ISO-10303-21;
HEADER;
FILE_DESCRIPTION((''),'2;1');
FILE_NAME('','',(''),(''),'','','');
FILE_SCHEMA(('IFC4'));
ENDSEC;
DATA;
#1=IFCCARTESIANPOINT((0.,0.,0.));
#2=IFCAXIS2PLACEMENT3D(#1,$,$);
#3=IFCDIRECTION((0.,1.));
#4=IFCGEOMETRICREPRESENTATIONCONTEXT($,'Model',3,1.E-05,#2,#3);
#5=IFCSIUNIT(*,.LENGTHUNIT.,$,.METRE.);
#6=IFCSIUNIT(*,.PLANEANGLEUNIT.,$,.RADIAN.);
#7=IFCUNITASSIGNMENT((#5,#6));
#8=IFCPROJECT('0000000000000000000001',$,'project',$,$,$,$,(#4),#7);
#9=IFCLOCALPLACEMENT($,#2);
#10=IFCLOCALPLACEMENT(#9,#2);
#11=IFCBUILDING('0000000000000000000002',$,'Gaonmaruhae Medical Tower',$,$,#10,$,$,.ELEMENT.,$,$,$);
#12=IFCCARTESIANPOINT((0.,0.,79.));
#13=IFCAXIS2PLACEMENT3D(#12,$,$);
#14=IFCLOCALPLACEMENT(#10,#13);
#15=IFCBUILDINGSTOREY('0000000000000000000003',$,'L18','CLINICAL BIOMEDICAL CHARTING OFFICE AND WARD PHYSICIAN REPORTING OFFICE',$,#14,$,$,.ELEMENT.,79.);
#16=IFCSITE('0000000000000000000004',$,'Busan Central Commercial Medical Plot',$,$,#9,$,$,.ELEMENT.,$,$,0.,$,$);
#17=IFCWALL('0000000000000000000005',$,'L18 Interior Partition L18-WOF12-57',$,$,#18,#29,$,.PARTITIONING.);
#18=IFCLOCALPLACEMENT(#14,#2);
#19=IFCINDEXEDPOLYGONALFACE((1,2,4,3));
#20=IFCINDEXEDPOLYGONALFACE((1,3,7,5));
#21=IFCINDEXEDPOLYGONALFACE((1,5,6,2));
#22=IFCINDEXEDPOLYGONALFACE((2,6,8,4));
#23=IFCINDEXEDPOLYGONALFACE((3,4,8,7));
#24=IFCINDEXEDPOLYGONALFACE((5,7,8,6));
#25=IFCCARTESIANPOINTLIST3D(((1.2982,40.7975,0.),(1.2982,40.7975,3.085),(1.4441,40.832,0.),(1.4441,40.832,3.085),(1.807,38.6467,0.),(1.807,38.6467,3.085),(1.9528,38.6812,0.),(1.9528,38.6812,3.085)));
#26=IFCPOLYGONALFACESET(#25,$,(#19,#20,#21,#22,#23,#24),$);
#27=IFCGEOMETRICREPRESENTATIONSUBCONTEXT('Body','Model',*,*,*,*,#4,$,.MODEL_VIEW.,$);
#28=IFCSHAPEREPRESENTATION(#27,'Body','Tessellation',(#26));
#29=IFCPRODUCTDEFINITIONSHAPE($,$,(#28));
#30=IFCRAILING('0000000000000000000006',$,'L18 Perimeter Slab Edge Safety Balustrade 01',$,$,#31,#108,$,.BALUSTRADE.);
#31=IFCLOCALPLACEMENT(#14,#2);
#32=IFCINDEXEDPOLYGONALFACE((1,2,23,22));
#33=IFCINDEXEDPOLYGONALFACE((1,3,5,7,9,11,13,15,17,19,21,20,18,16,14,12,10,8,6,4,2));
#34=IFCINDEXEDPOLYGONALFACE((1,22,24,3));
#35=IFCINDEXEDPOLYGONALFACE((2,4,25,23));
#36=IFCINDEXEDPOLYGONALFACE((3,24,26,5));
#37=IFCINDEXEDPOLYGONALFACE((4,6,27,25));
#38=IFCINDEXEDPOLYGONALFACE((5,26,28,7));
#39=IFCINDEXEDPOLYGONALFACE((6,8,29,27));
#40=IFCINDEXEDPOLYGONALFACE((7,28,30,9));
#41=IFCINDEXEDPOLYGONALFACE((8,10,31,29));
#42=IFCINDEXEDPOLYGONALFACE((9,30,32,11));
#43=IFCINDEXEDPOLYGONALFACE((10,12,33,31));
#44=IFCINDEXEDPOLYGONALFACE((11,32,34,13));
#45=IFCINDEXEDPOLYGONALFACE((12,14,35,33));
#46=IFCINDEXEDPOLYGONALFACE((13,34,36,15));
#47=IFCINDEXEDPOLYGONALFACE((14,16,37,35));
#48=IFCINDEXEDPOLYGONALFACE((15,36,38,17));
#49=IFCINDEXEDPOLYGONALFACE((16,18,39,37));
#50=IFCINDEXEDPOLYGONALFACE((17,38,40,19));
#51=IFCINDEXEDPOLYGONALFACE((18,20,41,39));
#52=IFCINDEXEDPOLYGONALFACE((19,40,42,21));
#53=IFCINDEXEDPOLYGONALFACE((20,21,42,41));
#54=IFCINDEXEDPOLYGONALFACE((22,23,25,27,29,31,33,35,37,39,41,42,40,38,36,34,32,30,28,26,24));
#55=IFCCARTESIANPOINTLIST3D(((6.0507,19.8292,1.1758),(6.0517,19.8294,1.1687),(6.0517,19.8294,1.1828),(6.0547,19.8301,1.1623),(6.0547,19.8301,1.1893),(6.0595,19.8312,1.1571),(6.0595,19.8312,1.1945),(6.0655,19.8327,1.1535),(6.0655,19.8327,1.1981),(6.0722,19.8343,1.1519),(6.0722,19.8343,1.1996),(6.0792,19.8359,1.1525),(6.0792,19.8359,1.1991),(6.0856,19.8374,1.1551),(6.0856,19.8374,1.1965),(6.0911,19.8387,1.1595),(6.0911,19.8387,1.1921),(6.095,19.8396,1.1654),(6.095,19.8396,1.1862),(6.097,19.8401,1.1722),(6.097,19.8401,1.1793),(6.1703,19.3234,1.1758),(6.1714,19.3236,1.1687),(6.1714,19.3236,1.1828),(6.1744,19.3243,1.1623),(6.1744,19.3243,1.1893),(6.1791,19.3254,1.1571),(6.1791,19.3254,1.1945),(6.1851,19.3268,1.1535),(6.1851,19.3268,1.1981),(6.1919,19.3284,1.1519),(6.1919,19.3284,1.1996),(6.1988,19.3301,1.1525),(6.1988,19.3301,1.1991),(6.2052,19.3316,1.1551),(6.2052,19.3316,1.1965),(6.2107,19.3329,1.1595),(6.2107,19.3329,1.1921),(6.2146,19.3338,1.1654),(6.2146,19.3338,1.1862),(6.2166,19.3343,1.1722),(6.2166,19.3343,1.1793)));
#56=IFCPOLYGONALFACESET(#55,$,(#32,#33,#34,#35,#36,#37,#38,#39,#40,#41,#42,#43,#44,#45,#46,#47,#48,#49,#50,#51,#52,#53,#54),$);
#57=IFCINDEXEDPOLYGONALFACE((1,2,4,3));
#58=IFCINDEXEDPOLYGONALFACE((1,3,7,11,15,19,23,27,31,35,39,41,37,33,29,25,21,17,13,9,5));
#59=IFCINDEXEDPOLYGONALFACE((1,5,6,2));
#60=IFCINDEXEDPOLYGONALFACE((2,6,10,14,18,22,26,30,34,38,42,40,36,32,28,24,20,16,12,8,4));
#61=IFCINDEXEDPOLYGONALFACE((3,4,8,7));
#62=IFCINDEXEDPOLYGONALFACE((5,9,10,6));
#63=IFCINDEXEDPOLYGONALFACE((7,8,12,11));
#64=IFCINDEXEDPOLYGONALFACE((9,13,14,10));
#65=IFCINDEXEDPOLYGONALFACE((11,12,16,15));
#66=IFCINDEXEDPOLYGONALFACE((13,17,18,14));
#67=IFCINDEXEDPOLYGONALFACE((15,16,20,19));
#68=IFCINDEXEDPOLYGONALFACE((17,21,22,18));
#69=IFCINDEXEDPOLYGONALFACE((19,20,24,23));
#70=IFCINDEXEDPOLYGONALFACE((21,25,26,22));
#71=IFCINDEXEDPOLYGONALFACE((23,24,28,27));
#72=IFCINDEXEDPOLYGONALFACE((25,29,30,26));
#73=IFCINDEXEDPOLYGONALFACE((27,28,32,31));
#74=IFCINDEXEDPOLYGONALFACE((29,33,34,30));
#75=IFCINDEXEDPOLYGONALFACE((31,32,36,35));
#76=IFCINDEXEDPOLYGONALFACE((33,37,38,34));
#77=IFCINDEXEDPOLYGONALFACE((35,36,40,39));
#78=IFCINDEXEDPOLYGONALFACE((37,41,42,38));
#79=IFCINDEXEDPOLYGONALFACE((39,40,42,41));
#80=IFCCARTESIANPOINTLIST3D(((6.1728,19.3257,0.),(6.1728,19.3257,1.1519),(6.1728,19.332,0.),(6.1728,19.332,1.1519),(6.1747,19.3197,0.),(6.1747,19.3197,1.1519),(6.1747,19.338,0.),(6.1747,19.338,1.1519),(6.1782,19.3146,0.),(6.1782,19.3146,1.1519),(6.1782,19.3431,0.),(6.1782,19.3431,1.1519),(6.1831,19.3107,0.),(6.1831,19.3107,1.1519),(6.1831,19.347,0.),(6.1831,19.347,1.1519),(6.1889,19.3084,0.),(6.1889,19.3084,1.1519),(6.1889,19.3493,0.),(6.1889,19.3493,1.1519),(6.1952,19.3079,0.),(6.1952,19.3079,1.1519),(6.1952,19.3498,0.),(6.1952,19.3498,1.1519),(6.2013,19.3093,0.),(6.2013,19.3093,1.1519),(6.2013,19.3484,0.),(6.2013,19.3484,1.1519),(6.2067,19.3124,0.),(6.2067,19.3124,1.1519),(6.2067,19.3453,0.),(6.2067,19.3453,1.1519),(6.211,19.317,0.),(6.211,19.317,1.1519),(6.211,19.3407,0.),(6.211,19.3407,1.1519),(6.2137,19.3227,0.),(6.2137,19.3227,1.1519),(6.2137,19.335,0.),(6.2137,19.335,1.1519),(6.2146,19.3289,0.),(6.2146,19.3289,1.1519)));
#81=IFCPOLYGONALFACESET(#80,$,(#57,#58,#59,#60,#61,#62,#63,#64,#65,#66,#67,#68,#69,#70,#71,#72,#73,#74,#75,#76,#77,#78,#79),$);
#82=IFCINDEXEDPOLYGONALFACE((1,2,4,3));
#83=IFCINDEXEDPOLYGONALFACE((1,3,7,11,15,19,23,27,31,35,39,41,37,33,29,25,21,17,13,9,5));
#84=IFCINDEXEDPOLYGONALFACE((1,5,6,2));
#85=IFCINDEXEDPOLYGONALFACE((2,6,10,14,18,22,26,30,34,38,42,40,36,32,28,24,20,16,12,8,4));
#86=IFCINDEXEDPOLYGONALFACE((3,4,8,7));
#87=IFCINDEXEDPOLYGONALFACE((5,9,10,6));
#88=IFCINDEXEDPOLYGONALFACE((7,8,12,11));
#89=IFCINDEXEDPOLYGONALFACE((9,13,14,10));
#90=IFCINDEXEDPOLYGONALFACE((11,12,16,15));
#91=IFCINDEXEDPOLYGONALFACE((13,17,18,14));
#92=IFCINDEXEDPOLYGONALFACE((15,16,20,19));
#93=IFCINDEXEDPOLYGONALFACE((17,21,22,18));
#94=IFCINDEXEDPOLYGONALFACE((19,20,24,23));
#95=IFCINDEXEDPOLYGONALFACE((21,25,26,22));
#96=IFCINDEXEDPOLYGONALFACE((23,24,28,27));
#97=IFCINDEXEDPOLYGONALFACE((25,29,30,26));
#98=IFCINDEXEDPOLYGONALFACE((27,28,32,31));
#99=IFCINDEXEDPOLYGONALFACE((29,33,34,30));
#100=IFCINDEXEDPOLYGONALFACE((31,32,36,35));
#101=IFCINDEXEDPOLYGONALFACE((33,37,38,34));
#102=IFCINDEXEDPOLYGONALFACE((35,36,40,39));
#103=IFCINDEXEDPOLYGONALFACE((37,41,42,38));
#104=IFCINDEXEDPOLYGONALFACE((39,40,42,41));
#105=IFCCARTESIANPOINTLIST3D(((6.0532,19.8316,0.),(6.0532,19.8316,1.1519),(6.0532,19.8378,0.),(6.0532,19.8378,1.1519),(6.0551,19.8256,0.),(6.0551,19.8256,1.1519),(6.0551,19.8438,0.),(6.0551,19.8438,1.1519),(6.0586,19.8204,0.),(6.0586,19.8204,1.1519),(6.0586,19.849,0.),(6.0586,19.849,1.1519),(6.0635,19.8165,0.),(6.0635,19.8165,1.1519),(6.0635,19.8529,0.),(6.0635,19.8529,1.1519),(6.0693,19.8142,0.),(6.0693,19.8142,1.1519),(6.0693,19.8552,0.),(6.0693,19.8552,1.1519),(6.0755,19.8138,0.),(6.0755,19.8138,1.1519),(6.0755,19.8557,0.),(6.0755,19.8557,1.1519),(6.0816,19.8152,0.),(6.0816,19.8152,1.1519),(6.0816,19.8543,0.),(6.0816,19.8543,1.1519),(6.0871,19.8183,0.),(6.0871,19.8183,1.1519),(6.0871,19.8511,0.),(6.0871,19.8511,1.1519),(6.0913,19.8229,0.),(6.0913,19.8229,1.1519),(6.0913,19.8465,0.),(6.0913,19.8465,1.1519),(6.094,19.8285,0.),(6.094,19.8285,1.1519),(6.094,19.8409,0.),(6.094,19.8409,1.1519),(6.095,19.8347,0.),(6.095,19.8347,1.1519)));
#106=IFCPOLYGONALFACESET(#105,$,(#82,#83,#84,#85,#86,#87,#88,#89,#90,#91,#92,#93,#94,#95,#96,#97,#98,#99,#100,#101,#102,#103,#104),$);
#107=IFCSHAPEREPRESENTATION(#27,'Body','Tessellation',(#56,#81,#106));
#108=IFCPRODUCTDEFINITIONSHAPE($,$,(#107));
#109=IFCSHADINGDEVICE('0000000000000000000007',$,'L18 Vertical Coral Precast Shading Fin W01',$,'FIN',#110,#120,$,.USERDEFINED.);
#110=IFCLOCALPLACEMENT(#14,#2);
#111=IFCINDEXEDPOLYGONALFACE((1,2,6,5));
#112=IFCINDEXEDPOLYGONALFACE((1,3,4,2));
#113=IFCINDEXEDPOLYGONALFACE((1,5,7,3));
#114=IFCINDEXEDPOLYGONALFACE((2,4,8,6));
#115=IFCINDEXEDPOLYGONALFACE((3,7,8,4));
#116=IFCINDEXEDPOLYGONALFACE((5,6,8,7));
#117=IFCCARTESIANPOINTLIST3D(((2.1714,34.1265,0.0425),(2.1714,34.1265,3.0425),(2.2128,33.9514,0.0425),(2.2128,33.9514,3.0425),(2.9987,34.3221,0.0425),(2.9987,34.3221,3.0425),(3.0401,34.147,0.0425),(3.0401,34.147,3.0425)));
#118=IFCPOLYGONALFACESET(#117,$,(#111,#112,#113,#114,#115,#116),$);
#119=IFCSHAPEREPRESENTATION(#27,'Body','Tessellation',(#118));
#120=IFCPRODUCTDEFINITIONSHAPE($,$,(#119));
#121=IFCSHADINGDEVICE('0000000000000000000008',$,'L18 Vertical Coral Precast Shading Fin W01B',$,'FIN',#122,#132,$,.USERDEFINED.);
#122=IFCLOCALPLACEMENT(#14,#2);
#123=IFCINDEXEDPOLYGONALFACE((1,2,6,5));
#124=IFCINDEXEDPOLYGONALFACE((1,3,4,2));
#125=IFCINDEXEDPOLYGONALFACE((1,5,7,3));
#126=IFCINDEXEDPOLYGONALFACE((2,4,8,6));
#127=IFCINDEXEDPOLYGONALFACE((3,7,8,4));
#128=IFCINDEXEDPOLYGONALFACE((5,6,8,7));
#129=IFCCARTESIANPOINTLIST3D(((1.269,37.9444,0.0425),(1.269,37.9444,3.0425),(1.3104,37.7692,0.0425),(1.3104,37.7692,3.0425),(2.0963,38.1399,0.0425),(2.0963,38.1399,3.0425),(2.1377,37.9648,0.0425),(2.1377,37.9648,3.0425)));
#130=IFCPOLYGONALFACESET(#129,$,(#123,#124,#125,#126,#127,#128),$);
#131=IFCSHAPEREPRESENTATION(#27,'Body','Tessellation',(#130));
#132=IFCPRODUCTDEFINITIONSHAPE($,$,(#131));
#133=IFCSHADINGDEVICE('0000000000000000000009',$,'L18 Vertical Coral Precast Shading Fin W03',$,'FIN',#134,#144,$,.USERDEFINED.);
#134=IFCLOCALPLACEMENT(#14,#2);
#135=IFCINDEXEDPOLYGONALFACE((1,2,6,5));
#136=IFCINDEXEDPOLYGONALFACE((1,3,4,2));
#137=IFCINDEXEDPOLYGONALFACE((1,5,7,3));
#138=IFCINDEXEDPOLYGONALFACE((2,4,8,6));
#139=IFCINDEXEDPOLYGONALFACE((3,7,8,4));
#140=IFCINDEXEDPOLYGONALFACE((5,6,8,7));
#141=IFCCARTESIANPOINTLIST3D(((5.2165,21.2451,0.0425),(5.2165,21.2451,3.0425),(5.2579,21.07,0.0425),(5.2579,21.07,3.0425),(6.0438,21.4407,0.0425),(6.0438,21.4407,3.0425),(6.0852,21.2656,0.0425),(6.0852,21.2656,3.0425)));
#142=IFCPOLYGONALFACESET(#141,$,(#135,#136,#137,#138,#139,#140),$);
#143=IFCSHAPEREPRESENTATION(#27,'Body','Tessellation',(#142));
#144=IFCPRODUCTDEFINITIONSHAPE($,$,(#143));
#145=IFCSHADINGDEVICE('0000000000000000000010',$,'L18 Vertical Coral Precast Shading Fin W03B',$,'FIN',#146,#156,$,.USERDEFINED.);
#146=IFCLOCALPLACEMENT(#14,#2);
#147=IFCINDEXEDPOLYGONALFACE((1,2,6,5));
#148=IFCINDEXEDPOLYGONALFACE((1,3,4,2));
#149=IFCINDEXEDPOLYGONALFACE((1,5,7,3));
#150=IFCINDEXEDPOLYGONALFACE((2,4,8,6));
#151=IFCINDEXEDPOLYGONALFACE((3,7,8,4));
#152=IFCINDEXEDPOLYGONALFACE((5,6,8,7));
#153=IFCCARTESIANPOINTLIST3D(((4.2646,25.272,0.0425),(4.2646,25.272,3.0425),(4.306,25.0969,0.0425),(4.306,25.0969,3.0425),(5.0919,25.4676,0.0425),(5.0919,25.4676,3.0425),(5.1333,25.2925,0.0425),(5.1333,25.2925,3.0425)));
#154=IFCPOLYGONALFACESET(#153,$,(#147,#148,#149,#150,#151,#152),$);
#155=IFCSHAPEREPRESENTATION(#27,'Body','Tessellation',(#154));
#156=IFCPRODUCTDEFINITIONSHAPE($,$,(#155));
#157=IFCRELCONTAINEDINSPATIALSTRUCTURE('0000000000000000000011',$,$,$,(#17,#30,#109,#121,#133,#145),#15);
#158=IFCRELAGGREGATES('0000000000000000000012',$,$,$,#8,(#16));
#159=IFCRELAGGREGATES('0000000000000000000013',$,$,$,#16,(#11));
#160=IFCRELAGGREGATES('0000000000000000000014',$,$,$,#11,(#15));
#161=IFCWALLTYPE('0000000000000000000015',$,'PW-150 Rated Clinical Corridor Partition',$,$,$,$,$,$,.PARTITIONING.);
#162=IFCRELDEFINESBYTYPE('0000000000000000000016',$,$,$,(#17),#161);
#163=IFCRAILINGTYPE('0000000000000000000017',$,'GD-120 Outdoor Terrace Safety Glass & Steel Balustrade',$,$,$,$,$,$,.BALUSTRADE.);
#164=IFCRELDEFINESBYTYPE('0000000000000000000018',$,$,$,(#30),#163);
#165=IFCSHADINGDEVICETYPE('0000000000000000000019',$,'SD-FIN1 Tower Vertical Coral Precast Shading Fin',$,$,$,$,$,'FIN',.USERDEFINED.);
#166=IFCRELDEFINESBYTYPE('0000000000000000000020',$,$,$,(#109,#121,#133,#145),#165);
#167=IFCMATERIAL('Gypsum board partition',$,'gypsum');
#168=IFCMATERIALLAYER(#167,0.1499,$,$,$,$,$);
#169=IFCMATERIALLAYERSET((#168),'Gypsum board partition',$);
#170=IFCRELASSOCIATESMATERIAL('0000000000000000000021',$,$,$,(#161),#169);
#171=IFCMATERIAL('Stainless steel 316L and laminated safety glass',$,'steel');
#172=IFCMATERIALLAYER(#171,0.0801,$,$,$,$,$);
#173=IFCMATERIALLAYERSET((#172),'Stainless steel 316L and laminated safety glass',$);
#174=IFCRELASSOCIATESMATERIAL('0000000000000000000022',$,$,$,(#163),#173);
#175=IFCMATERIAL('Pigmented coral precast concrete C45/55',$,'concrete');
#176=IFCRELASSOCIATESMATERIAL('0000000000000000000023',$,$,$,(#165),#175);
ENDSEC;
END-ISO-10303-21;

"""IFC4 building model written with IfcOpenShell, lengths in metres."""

from ifc_helpers import new_model, si_unit, direction, frame, frame_2d, origin, origin_2d, place, context, subcontext, project, spatial, rectangle, circle, extrude, material, layer, layer_set, type_object, element, save


model = new_model("IFC4")

# Units and contexts
model_context = context("Model", 3, precision=1e-05, world=origin(), true_north=direction((0.0, 1.0)))
body_context = subcontext(model_context, "Body", "Model", "MODEL_VIEW")
ifc_project = project(units=[si_unit("LENGTHUNIT", "METRE"), si_unit("PLANEANGLEUNIT", "RADIAN")], contexts=[model_context])

# Site, building, storey
site_placement = place(None, origin())
site = spatial("IfcSite", under=ifc_project, at=site_placement, Name="Busan Central Commercial Medical Plot", CompositionType="ELEMENT", RefElevation=0.0)
building_placement = place(site_placement, origin())
building = spatial("IfcBuilding", under=site, at=building_placement, Name="Gaonmaruhae Medical Tower", CompositionType="ELEMENT")
storey_placement = place(building_placement, frame((0.0, 0.0, 79.0)))
storey = spatial("IfcBuildingStorey", under=building, at=storey_placement, Name="L18", Description="CLINICAL BIOMEDICAL CHARTING OFFICE AND WARD PHYSICIAN REPORTING OFFICE", CompositionType="ELEMENT", Elevation=79.0)

# Wall
ifc_material_1 = material(Name="Gypsum board partition", Category="gypsum")
ifc_layer_1 = layer(ifc_material_1, 0.1499)
ifc_layer_set_1 = layer_set([ifc_layer_1], Name="Gypsum board partition")
wall_type_1 = type_object("IfcWallType", Name="PW-150 Rated Clinical Corridor Partition", PredefinedType="PARTITIONING", material=ifc_layer_set_1)
wall_1_placement = place(storey_placement, frame((1.8799, 38.6641, 0.0), z_axis=(0.0, 0.0, 1.0), x_axis=(-0.230197, 0.973144, 0.0)))
element("IfcWall", 1, at=wall_1_placement, inside=storey, type_object=wall_type_1, Name="L18 Interior Partition L18-WOF12-57", PredefinedType="PARTITIONING", context=body_context, shape_type="SweptSolid", body=[
    extrude(rectangle(XDim=2.2102, YDim=0.1499, at=frame_2d((1.105, 0.0))), origin(), (0.0, 0.0, 1.0), 3.085),
])

# Railing
ifc_material_2 = material(Name="Stainless steel 316L and laminated safety glass", Category="steel")
ifc_layer_2 = layer(ifc_material_2, 0.0801)
ifc_layer_set_2 = layer_set([ifc_layer_2], Name="Stainless steel 316L and laminated safety glass")
railing_type = type_object("IfcRailingType", Name="GD-120 Outdoor Terrace Safety Glass & Steel Balustrade", PredefinedType="BALUSTRADE", material=ifc_layer_set_2)
railing_placement = place(storey_placement, frame((6.1936, 19.3289, 0.0)))
element("IfcRailing", 2, at=railing_placement, inside=storey, type_object=railing_type, Name="L18 Perimeter Slab Edge Safety Balustrade 01", PredefinedType="BALUSTRADE", context=body_context, shape_type="SweptSolid", body=[
    extrude(circle(Radius=0.0239, at=origin_2d()), frame((0.0, 0.0, 1.1758), z_axis=(-0.230139, 0.973158, 0.0), x_axis=(-0.973158, -0.230139, 0.0)), (0.0, 0.0, 1.0), 0.5198),
    extrude(circle(Radius=0.021, at=origin_2d()), origin(), (0.0, 0.0, 1.0), 1.1519),
    extrude(circle(Radius=0.021, at=origin_2d()), frame((-0.1196, 0.5059, 0.0)), (0.0, 0.0, 1.0), 1.1519),
])

# Shading devices
ifc_material_3 = material(Name="Pigmented coral precast concrete C45/55", Category="concrete")
shading_device_type = type_object("IfcShadingDeviceType", Name="SD-FIN1 Tower Vertical Coral Precast Shading Fin", ElementType="FIN", PredefinedType="USERDEFINED", material=ifc_material_3)
for number, where, z_axis, x_axis, name in (
    (3, (2.6057, 34.1367, 0.0425), (0.0, 0.0, 1.0), (-0.230067, 0.973175, 0.0), "L18 Vertical Coral Precast Shading Fin W01"),
    (4, (1.7034, 37.9546, 0.0425), (0.0, 0.0, 1.0), (-0.230067, 0.973175, 0.0), "L18 Vertical Coral Precast Shading Fin W01B"),
    (5, (5.6509, 21.2554, 0.0425), (0.0, 0.0, 1.0), (-0.23005, 0.973179, 0.0), "L18 Vertical Coral Precast Shading Fin W03"),
    (6, (4.699, 25.2822, 0.0425), (0.0, 0.0, 1.0), (-0.23005, 0.973179, 0.0), "L18 Vertical Coral Precast Shading Fin W03B"),
):
    element("IfcShadingDevice", number, at=place(storey_placement, frame(where, z_axis=z_axis, x_axis=x_axis)), inside=storey, type_object=shading_device_type, Name=name, ObjectType="FIN", PredefinedType="USERDEFINED", context=body_context, shape_type="SweptSolid", body=[
        extrude(rectangle(XDim=0.1799, YDim=0.8501, at=origin_2d()), origin(), (0.0, 0.0, 1.0), 3.0),
    ])

save(model, "model.ifc")
